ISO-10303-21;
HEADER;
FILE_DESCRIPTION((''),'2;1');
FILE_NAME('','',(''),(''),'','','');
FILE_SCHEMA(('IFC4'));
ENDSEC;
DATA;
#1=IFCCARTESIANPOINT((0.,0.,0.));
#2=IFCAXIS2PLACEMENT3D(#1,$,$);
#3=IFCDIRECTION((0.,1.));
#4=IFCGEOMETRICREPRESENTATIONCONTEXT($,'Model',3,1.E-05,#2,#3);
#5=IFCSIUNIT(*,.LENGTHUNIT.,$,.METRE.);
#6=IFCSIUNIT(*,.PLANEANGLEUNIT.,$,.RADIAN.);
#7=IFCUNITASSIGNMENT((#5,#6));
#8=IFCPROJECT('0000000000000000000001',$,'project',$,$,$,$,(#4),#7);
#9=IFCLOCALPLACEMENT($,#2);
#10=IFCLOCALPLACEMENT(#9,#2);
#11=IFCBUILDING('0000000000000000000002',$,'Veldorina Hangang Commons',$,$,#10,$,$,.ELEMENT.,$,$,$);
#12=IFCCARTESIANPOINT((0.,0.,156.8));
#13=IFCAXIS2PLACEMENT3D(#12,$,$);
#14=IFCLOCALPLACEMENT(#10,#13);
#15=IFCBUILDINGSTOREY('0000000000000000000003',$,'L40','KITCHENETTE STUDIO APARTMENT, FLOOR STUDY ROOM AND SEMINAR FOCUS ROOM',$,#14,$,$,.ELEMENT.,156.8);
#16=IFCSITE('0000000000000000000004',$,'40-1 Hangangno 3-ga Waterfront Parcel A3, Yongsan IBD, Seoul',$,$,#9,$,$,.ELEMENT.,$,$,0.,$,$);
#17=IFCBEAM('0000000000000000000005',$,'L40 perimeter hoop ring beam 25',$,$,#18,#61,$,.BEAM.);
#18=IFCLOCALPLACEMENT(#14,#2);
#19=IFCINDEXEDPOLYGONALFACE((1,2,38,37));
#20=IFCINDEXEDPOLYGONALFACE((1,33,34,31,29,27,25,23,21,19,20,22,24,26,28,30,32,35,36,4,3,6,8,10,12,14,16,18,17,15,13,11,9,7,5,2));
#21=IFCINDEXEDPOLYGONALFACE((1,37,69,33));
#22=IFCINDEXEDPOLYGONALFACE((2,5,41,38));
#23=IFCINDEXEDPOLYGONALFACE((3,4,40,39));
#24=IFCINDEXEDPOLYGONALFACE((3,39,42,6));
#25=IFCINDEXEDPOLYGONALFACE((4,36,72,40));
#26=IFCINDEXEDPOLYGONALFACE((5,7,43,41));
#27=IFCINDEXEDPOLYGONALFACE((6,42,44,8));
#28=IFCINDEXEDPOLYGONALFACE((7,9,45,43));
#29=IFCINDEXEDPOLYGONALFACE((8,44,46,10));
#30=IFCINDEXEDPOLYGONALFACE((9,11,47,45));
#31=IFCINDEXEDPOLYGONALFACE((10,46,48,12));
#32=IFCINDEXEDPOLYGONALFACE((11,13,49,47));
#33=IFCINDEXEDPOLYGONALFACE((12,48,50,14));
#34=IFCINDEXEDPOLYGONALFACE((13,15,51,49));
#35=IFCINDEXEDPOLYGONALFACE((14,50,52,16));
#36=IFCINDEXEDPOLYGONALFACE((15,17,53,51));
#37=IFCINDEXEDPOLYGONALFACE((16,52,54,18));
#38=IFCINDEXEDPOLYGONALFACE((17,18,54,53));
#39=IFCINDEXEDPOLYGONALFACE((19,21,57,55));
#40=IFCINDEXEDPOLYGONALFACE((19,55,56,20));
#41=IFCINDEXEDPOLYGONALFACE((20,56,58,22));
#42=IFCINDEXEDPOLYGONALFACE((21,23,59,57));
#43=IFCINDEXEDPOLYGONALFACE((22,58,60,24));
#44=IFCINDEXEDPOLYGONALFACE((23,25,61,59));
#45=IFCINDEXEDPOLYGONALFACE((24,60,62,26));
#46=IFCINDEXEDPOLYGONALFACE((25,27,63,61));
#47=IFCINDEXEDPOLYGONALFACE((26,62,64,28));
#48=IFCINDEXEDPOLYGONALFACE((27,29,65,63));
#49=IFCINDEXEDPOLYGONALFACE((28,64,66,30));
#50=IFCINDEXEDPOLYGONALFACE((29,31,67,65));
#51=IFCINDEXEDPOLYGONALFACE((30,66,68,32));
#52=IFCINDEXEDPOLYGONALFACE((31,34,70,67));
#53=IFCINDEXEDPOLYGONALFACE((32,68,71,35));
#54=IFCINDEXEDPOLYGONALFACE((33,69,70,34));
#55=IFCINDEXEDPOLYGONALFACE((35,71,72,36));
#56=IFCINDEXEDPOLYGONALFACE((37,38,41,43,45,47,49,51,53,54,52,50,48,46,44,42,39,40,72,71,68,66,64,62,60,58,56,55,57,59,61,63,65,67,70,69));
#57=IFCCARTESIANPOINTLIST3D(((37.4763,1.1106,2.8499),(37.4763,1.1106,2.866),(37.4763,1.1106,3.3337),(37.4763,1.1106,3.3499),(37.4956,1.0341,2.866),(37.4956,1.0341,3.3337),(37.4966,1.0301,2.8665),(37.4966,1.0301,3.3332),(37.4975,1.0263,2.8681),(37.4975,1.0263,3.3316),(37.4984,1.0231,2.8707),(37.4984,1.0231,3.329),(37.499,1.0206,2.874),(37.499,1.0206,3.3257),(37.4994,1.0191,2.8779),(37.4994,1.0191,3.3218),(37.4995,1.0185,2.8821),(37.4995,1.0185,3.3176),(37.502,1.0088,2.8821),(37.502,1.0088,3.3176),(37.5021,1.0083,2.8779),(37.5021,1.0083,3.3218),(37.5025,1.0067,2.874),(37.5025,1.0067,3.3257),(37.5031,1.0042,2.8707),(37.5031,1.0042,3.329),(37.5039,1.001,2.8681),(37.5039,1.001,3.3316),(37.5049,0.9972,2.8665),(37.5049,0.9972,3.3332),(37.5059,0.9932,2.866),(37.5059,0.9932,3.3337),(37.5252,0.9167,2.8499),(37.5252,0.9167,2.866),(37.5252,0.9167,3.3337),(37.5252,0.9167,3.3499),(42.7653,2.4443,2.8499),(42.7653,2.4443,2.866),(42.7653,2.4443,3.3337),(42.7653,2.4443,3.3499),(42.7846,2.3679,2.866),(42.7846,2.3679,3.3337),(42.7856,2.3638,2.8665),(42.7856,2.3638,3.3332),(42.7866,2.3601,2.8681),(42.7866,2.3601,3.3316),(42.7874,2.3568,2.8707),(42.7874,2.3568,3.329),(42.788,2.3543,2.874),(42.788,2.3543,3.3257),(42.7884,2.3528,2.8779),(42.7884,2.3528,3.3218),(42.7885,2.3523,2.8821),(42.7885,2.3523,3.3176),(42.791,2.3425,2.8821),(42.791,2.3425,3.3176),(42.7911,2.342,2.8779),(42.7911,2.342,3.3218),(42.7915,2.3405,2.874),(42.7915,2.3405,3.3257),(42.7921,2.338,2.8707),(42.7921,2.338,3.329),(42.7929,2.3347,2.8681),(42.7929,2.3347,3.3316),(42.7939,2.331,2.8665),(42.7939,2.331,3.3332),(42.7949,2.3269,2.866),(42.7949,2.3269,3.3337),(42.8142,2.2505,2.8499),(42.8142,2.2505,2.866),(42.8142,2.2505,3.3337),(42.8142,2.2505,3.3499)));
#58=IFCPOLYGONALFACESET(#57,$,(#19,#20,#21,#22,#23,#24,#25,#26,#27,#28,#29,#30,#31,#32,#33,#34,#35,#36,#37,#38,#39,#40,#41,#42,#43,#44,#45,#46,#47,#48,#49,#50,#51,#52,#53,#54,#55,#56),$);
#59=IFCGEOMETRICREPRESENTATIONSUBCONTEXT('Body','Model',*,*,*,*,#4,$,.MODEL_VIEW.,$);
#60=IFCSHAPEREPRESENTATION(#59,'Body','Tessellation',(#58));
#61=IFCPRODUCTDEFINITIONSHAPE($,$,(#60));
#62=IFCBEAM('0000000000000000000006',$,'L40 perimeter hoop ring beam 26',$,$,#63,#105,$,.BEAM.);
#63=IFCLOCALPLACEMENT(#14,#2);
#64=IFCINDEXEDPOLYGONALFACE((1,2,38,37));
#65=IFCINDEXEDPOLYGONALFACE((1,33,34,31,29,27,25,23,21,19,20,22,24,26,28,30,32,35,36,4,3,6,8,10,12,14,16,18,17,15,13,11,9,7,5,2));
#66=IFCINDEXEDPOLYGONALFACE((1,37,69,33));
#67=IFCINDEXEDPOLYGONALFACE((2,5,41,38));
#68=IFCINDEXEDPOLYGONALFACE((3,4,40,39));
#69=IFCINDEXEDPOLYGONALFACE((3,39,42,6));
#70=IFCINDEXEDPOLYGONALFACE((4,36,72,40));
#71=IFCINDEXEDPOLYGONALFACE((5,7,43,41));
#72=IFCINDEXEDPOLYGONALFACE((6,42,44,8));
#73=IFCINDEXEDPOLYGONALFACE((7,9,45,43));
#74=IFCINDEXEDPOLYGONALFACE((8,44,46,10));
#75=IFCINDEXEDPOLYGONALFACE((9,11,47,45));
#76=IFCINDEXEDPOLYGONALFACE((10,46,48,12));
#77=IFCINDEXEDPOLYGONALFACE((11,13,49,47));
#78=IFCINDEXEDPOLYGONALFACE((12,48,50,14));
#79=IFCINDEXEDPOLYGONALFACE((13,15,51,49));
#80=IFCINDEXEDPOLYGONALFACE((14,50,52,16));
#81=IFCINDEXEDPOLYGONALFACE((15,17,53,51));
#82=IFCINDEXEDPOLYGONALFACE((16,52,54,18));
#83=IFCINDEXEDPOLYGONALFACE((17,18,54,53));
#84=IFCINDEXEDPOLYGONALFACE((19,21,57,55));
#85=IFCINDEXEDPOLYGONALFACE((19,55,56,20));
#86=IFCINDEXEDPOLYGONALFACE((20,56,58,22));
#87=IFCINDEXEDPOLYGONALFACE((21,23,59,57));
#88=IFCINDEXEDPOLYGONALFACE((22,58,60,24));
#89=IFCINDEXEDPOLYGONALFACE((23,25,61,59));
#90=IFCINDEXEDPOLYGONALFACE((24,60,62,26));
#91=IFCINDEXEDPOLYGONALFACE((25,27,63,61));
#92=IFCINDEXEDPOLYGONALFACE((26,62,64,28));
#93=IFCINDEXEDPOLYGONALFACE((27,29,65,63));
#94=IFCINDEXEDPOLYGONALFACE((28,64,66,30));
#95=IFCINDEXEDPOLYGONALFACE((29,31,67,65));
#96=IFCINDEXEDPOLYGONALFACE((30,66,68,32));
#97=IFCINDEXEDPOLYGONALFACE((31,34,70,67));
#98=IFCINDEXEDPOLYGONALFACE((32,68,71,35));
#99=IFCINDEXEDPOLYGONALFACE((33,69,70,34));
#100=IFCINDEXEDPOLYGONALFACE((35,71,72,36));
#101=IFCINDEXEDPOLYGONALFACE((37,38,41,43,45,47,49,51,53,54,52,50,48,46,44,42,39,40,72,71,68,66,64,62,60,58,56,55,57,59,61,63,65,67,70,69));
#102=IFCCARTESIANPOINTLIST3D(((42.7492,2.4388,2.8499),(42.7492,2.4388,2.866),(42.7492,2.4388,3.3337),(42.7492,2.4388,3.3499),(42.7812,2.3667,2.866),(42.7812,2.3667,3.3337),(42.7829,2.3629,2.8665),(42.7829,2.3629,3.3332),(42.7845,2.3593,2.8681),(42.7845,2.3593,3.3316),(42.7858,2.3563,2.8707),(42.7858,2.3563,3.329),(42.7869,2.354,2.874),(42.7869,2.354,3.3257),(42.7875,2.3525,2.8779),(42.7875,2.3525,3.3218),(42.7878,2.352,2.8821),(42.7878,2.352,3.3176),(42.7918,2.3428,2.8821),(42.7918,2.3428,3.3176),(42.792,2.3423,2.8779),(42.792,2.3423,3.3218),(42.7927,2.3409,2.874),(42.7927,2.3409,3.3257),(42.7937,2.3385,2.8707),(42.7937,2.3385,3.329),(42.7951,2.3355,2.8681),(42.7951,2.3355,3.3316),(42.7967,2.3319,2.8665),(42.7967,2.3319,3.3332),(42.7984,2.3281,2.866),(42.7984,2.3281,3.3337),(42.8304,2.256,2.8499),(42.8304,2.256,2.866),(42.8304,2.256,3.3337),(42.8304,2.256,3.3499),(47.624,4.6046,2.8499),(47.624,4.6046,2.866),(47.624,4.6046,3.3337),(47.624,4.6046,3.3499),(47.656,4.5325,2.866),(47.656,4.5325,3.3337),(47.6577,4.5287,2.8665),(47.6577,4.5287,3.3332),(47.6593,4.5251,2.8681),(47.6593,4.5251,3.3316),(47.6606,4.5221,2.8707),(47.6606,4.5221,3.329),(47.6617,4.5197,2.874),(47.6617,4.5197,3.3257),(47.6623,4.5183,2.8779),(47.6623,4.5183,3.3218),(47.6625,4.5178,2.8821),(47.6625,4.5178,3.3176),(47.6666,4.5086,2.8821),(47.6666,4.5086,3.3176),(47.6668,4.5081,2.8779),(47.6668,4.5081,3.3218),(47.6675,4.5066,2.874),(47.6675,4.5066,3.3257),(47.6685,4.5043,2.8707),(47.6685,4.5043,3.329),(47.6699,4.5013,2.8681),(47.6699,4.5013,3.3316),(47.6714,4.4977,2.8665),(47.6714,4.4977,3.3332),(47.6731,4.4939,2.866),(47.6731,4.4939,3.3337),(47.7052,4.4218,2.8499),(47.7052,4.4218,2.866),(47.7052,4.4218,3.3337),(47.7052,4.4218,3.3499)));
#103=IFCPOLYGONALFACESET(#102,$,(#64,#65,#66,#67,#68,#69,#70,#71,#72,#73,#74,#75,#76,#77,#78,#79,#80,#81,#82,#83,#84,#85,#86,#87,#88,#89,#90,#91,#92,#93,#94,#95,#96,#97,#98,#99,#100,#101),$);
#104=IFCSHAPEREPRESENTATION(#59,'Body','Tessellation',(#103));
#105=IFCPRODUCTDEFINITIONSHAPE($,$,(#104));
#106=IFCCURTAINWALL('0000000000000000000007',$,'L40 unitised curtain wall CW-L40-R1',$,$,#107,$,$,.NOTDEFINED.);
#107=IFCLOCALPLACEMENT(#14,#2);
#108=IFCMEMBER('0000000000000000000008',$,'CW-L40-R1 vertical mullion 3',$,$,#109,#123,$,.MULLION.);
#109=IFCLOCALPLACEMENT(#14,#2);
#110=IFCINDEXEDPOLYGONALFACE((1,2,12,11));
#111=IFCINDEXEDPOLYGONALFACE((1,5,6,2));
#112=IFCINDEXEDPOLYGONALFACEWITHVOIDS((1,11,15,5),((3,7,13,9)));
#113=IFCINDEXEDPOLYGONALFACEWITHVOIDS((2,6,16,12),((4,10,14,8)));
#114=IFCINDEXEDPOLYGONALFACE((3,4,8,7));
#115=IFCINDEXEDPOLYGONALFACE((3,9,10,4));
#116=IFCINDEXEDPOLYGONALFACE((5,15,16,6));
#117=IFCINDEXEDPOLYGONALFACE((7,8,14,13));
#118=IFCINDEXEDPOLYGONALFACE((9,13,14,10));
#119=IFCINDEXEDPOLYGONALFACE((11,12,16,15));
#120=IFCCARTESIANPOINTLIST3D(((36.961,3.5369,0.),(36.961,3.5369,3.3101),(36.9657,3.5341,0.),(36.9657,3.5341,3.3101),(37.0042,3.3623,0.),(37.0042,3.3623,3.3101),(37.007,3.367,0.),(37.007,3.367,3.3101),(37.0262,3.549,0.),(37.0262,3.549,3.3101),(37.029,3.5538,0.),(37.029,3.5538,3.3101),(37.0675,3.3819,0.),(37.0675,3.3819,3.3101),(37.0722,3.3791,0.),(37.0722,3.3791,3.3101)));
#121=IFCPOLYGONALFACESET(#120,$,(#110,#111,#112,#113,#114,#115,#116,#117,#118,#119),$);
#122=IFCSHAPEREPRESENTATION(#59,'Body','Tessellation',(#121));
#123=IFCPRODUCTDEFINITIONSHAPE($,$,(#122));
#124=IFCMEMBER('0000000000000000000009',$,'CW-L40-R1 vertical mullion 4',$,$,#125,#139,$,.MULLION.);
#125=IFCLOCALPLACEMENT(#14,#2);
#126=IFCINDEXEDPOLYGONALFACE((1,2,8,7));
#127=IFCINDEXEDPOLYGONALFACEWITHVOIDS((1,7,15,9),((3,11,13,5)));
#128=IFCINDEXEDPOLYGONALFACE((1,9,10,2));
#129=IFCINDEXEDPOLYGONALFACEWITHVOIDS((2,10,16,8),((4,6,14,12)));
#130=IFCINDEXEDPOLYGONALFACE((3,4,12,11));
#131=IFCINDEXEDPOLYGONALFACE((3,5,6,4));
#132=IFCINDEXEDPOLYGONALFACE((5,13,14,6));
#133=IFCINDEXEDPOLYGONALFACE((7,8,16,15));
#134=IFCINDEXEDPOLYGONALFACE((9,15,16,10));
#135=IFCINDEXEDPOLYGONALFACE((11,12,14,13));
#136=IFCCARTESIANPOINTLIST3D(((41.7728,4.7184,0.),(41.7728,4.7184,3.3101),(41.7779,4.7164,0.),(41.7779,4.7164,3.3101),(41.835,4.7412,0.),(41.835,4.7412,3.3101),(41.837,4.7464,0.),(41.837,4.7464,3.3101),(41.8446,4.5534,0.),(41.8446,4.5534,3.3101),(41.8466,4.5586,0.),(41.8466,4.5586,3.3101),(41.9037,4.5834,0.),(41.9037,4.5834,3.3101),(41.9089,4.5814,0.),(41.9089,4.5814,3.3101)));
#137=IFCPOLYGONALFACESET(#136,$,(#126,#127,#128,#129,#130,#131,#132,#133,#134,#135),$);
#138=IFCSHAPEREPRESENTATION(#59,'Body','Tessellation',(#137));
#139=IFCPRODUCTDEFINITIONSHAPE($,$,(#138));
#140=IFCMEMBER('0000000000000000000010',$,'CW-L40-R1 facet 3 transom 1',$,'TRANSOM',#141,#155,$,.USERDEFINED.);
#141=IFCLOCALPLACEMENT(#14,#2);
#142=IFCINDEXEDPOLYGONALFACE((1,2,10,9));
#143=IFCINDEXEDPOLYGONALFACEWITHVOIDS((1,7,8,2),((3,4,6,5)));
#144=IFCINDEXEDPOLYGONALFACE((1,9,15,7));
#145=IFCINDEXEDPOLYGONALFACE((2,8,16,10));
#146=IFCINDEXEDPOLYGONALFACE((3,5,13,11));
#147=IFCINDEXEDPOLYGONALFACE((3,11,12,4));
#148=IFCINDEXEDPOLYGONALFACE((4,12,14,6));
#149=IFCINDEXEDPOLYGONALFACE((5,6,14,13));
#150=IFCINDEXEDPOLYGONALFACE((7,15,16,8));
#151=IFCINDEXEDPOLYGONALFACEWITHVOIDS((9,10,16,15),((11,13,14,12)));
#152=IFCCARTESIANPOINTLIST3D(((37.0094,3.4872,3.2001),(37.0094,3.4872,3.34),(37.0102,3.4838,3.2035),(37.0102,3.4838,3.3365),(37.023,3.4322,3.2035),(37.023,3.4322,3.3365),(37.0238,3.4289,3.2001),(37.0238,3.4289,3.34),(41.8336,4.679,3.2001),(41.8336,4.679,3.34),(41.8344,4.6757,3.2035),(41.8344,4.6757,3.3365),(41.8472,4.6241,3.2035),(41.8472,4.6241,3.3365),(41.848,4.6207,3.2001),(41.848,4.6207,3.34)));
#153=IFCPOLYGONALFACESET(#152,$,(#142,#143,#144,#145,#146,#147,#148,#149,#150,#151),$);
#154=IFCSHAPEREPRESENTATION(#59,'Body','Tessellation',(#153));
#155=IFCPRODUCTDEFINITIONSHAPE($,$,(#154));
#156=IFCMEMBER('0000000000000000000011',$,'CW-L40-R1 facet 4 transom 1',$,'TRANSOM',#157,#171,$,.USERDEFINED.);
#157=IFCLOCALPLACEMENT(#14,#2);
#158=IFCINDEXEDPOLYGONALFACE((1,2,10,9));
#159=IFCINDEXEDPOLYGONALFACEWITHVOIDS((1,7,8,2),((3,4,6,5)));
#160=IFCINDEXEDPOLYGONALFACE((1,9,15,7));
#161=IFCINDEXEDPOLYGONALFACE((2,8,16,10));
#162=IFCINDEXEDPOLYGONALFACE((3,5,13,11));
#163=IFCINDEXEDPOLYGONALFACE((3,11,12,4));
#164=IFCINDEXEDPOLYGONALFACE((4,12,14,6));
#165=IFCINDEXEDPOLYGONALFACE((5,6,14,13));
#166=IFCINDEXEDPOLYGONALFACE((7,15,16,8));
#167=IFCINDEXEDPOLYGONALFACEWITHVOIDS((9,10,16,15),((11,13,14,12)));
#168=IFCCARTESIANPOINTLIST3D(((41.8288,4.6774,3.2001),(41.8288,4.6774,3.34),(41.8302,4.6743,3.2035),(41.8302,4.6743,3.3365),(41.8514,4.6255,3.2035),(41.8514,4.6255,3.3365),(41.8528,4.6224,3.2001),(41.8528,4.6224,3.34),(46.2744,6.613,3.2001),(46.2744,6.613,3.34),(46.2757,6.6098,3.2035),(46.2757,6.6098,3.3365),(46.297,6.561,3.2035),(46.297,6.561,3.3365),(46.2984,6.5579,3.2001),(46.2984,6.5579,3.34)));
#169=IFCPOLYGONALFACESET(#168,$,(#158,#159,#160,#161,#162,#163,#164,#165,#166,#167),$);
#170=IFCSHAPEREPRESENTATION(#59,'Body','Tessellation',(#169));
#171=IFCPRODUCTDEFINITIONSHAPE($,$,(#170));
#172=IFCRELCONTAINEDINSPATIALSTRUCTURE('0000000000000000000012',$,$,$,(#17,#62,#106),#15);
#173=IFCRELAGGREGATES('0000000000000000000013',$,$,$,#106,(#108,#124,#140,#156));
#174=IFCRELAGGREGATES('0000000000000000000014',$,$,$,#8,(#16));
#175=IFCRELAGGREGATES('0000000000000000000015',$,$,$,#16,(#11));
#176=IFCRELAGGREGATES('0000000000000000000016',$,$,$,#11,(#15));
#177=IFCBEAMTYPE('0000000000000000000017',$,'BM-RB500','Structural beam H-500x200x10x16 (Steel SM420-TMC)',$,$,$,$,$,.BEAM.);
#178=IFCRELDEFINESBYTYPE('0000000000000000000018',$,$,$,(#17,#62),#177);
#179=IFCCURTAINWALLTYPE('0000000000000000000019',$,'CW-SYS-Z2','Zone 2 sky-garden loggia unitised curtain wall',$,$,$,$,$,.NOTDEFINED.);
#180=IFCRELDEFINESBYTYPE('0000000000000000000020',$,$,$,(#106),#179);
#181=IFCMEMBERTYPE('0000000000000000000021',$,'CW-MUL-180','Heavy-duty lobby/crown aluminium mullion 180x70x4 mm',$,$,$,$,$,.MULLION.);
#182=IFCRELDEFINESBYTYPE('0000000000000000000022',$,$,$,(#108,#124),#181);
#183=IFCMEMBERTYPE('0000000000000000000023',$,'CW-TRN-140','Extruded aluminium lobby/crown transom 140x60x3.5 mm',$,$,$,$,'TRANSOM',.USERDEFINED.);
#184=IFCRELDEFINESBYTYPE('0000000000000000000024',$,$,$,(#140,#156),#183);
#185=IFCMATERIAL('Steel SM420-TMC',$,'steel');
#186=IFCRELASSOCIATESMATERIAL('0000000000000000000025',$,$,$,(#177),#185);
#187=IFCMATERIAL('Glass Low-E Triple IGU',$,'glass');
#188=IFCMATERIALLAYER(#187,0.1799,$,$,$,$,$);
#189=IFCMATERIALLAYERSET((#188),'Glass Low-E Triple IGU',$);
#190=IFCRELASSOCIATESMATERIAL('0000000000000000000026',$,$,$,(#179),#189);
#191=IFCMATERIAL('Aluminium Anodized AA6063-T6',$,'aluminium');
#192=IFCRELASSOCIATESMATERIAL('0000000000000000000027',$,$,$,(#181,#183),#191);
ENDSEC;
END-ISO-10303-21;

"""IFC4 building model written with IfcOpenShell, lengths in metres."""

from ifc_helpers import new_model, si_unit, direction, frame, origin, origin_2d, place, context, subcontext, project, spatial, hollow_rectangle, i_section, extrude, material, layer, layer_set, material_profile, profile_set, type_object, element, aggregate, save


model = new_model("IFC4")

# Units and contexts
model_context = context("Model", 3, precision=1e-05, world=origin(), true_north=direction((0.0, 1.0)))
body_context = subcontext(model_context, "Body", "Model", "MODEL_VIEW")
ifc_project = project(units=[si_unit("LENGTHUNIT", "METRE"), si_unit("PLANEANGLEUNIT", "RADIAN")], contexts=[model_context])

# Site, building, storey
site_placement = place(None, origin())
site = spatial("IfcSite", under=ifc_project, at=site_placement, Name="40-1 Hangangno 3-ga Waterfront Parcel A3, Yongsan IBD, Seoul", CompositionType="ELEMENT", RefElevation=0.0)
building_placement = place(site_placement, origin())
building = spatial("IfcBuilding", under=site, at=building_placement, Name="Veldorina Hangang Commons", CompositionType="ELEMENT")
storey_placement = place(building_placement, frame((0.0, 0.0, 156.8)))
storey = spatial("IfcBuildingStorey", under=building, at=storey_placement, Name="L40", Description="KITCHENETTE STUDIO APARTMENT, FLOOR STUDY ROOM AND SEMINAR FOCUS ROOM", CompositionType="ELEMENT", Elevation=156.8)

# Beams
ifc_material_1 = material(Name="Steel SM420-TMC", Category="steel")
ifc_material_profile_1 = material_profile(ifc_material_1, i_section(OverallWidth=0.2, OverallDepth=0.5, WebThickness=0.01, FlangeThickness=0.0161, FilletRadius=0.0161, at=origin_2d()), Name="H-500x200x10x16")
ifc_profile_set_1 = profile_set([ifc_material_profile_1], Name="Steel SM420-TMC")
beam_type = type_object("IfcBeamType", Name="BM-RB500", Description="Structural beam H-500x200x10x16 (Steel SM420-TMC)", PredefinedType="BEAM", material=ifc_profile_set_1)
beam_1_placement = place(storey_placement, frame((37.5007, 1.0137, 3.0999), z_axis=(0.969646, 0.244515, 0.0), x_axis=(-0.244515, 0.969646, 0.0)))
element("IfcBeam", 1, at=beam_1_placement, inside=storey, type_object=beam_type, Name="L40 perimeter hoop ring beam 25", PredefinedType="BEAM", context=body_context, shape_type="SweptSolid", body=[
    extrude(i_section(OverallWidth=0.2, OverallDepth=0.5, WebThickness=0.01, FlangeThickness=0.0161, FilletRadius=0.0161, at=origin_2d()), origin(), (0.0, 0.0, 1.0), 5.4546),
])
beam_2_placement = place(storey_placement, frame((42.7898, 2.3474, 3.0999), z_axis=(0.913866, 0.406015, 0.0), x_axis=(-0.406015, 0.913866, 0.0)))
element("IfcBeam", 2, at=beam_2_placement, inside=storey, type_object=beam_type, Name="L40 perimeter hoop ring beam 26", PredefinedType="BEAM", context=body_context, shape_type="SweptSolid", body=[
    extrude(i_section(OverallWidth=0.2, OverallDepth=0.5, WebThickness=0.01, FlangeThickness=0.0161, FilletRadius=0.0161, at=origin_2d()), origin(), (0.0, 0.0, 1.0), 5.3342),
])

# Curtain wall, members
ifc_material_2 = material(Name="Glass Low-E Triple IGU", Category="glass")
ifc_layer_1 = layer(ifc_material_2, 0.1799)
ifc_layer_set_1 = layer_set([ifc_layer_1], Name="Glass Low-E Triple IGU")
curtain_wall_type = type_object("IfcCurtainWallType", Name="CW-SYS-Z2", Description="Zone 2 sky-garden loggia unitised curtain wall", PredefinedType="NOTDEFINED", material=ifc_layer_set_1)
curtain_wall_placement = place(storey_placement, origin())
curtain_wall = element("IfcCurtainWall", 3, at=curtain_wall_placement, inside=storey, type_object=curtain_wall_type, Name="L40 unitised curtain wall CW-L40-R1", PredefinedType="NOTDEFINED")
ifc_material_3 = material(Name="Aluminium Anodized AA6063-T6", Category="aluminium")
ifc_material_profile_2 = material_profile(ifc_material_3, hollow_rectangle(XDim=0.0701, YDim=0.1799, WallThickness=0.0039, at=origin_2d()), Name="ALU-RHS-180x70x4")
ifc_profile_set_2 = profile_set([ifc_material_profile_2], Name="Aluminium Anodized AA6063-T6")
member_type_1 = type_object("IfcMemberType", Name="CW-MUL-180", Description="Heavy-duty lobby/crown aluminium mullion 180x70x4 mm", PredefinedType="MULLION", material=ifc_profile_set_2)
member_1_placement = place(storey_placement, frame((37.0166, 3.458, 0.0), z_axis=(0.0, 0.0, 1.0), x_axis=(0.970804, 0.239872, 0.0)))
member_1 = element("IfcMember", 4, at=member_1_placement, type_object=member_type_1, Name="CW-L40-R1 vertical mullion 3", PredefinedType="MULLION", context=body_context, shape_type="SweptSolid", body=[
    extrude(hollow_rectangle(XDim=0.0701, YDim=0.1799, WallThickness=0.0039, at=origin_2d()), origin(), (0.0, 0.0, 1.0), 3.3101),
])
member_2_placement = place(storey_placement, frame((41.8408, 4.6499, 0.0), z_axis=(0.0, 0.0, 1.0), x_axis=(0.916872, 0.399181, 0.0)))
member_2 = element("IfcMember", 5, at=member_2_placement, type_object=member_type_1, Name="CW-L40-R1 vertical mullion 4", PredefinedType="MULLION", context=body_context, shape_type="SweptSolid", body=[
    extrude(hollow_rectangle(XDim=0.0701, YDim=0.1799, WallThickness=0.0039, at=origin_2d()), origin(), (0.0, 0.0, 1.0), 3.3101),
])
ifc_material_profile_3 = material_profile(ifc_material_3, hollow_rectangle(XDim=0.0601, YDim=0.1399, WallThickness=0.0034, at=origin_2d()), Name="ALU-RHS-140x60x3.5")
ifc_profile_set_3 = profile_set([ifc_material_profile_3], Name="Aluminium Anodized AA6063-T6")
member_type_2 = type_object("IfcMemberType", Name="CW-TRN-140", Description="Extruded aluminium lobby/crown transom 140x60x3.5 mm", ElementType="TRANSOM", PredefinedType="USERDEFINED", material=ifc_profile_set_3)
member_3_placement = place(storey_placement, frame((37.0166, 3.458, 3.27), z_axis=(0.970809, 0.239853, 0.0), x_axis=(-0.239853, 0.970809, 0.0)))
member_3 = element("IfcMember", 6, at=member_3_placement, type_object=member_type_2, Name="CW-L40-R1 facet 3 transom 1", ObjectType="TRANSOM", PredefinedType="USERDEFINED", context=body_context, shape_type="SweptSolid", body=[
    extrude(hollow_rectangle(XDim=0.0601, YDim=0.1399, WallThickness=0.0034, at=origin_2d()), origin(), (0.0, 0.0, 1.0), 4.9692),
])
member_4_placement = place(storey_placement, frame((41.8408, 4.6499, 3.27), z_axis=(0.916867, 0.399194, 0.0), x_axis=(-0.399194, 0.916867, 0.0)))
member_4 = element("IfcMember", 7, at=member_4_placement, type_object=member_type_2, Name="CW-L40-R1 facet 4 transom 1", ObjectType="TRANSOM", PredefinedType="USERDEFINED", context=body_context, shape_type="SweptSolid", body=[
    extrude(hollow_rectangle(XDim=0.0601, YDim=0.1399, WallThickness=0.0034, at=origin_2d()), origin(), (0.0, 0.0, 1.0), 4.8486),
])

aggregate(curtain_wall, [member_1, member_2, member_3, member_4])

save(model, "model.ifc")
